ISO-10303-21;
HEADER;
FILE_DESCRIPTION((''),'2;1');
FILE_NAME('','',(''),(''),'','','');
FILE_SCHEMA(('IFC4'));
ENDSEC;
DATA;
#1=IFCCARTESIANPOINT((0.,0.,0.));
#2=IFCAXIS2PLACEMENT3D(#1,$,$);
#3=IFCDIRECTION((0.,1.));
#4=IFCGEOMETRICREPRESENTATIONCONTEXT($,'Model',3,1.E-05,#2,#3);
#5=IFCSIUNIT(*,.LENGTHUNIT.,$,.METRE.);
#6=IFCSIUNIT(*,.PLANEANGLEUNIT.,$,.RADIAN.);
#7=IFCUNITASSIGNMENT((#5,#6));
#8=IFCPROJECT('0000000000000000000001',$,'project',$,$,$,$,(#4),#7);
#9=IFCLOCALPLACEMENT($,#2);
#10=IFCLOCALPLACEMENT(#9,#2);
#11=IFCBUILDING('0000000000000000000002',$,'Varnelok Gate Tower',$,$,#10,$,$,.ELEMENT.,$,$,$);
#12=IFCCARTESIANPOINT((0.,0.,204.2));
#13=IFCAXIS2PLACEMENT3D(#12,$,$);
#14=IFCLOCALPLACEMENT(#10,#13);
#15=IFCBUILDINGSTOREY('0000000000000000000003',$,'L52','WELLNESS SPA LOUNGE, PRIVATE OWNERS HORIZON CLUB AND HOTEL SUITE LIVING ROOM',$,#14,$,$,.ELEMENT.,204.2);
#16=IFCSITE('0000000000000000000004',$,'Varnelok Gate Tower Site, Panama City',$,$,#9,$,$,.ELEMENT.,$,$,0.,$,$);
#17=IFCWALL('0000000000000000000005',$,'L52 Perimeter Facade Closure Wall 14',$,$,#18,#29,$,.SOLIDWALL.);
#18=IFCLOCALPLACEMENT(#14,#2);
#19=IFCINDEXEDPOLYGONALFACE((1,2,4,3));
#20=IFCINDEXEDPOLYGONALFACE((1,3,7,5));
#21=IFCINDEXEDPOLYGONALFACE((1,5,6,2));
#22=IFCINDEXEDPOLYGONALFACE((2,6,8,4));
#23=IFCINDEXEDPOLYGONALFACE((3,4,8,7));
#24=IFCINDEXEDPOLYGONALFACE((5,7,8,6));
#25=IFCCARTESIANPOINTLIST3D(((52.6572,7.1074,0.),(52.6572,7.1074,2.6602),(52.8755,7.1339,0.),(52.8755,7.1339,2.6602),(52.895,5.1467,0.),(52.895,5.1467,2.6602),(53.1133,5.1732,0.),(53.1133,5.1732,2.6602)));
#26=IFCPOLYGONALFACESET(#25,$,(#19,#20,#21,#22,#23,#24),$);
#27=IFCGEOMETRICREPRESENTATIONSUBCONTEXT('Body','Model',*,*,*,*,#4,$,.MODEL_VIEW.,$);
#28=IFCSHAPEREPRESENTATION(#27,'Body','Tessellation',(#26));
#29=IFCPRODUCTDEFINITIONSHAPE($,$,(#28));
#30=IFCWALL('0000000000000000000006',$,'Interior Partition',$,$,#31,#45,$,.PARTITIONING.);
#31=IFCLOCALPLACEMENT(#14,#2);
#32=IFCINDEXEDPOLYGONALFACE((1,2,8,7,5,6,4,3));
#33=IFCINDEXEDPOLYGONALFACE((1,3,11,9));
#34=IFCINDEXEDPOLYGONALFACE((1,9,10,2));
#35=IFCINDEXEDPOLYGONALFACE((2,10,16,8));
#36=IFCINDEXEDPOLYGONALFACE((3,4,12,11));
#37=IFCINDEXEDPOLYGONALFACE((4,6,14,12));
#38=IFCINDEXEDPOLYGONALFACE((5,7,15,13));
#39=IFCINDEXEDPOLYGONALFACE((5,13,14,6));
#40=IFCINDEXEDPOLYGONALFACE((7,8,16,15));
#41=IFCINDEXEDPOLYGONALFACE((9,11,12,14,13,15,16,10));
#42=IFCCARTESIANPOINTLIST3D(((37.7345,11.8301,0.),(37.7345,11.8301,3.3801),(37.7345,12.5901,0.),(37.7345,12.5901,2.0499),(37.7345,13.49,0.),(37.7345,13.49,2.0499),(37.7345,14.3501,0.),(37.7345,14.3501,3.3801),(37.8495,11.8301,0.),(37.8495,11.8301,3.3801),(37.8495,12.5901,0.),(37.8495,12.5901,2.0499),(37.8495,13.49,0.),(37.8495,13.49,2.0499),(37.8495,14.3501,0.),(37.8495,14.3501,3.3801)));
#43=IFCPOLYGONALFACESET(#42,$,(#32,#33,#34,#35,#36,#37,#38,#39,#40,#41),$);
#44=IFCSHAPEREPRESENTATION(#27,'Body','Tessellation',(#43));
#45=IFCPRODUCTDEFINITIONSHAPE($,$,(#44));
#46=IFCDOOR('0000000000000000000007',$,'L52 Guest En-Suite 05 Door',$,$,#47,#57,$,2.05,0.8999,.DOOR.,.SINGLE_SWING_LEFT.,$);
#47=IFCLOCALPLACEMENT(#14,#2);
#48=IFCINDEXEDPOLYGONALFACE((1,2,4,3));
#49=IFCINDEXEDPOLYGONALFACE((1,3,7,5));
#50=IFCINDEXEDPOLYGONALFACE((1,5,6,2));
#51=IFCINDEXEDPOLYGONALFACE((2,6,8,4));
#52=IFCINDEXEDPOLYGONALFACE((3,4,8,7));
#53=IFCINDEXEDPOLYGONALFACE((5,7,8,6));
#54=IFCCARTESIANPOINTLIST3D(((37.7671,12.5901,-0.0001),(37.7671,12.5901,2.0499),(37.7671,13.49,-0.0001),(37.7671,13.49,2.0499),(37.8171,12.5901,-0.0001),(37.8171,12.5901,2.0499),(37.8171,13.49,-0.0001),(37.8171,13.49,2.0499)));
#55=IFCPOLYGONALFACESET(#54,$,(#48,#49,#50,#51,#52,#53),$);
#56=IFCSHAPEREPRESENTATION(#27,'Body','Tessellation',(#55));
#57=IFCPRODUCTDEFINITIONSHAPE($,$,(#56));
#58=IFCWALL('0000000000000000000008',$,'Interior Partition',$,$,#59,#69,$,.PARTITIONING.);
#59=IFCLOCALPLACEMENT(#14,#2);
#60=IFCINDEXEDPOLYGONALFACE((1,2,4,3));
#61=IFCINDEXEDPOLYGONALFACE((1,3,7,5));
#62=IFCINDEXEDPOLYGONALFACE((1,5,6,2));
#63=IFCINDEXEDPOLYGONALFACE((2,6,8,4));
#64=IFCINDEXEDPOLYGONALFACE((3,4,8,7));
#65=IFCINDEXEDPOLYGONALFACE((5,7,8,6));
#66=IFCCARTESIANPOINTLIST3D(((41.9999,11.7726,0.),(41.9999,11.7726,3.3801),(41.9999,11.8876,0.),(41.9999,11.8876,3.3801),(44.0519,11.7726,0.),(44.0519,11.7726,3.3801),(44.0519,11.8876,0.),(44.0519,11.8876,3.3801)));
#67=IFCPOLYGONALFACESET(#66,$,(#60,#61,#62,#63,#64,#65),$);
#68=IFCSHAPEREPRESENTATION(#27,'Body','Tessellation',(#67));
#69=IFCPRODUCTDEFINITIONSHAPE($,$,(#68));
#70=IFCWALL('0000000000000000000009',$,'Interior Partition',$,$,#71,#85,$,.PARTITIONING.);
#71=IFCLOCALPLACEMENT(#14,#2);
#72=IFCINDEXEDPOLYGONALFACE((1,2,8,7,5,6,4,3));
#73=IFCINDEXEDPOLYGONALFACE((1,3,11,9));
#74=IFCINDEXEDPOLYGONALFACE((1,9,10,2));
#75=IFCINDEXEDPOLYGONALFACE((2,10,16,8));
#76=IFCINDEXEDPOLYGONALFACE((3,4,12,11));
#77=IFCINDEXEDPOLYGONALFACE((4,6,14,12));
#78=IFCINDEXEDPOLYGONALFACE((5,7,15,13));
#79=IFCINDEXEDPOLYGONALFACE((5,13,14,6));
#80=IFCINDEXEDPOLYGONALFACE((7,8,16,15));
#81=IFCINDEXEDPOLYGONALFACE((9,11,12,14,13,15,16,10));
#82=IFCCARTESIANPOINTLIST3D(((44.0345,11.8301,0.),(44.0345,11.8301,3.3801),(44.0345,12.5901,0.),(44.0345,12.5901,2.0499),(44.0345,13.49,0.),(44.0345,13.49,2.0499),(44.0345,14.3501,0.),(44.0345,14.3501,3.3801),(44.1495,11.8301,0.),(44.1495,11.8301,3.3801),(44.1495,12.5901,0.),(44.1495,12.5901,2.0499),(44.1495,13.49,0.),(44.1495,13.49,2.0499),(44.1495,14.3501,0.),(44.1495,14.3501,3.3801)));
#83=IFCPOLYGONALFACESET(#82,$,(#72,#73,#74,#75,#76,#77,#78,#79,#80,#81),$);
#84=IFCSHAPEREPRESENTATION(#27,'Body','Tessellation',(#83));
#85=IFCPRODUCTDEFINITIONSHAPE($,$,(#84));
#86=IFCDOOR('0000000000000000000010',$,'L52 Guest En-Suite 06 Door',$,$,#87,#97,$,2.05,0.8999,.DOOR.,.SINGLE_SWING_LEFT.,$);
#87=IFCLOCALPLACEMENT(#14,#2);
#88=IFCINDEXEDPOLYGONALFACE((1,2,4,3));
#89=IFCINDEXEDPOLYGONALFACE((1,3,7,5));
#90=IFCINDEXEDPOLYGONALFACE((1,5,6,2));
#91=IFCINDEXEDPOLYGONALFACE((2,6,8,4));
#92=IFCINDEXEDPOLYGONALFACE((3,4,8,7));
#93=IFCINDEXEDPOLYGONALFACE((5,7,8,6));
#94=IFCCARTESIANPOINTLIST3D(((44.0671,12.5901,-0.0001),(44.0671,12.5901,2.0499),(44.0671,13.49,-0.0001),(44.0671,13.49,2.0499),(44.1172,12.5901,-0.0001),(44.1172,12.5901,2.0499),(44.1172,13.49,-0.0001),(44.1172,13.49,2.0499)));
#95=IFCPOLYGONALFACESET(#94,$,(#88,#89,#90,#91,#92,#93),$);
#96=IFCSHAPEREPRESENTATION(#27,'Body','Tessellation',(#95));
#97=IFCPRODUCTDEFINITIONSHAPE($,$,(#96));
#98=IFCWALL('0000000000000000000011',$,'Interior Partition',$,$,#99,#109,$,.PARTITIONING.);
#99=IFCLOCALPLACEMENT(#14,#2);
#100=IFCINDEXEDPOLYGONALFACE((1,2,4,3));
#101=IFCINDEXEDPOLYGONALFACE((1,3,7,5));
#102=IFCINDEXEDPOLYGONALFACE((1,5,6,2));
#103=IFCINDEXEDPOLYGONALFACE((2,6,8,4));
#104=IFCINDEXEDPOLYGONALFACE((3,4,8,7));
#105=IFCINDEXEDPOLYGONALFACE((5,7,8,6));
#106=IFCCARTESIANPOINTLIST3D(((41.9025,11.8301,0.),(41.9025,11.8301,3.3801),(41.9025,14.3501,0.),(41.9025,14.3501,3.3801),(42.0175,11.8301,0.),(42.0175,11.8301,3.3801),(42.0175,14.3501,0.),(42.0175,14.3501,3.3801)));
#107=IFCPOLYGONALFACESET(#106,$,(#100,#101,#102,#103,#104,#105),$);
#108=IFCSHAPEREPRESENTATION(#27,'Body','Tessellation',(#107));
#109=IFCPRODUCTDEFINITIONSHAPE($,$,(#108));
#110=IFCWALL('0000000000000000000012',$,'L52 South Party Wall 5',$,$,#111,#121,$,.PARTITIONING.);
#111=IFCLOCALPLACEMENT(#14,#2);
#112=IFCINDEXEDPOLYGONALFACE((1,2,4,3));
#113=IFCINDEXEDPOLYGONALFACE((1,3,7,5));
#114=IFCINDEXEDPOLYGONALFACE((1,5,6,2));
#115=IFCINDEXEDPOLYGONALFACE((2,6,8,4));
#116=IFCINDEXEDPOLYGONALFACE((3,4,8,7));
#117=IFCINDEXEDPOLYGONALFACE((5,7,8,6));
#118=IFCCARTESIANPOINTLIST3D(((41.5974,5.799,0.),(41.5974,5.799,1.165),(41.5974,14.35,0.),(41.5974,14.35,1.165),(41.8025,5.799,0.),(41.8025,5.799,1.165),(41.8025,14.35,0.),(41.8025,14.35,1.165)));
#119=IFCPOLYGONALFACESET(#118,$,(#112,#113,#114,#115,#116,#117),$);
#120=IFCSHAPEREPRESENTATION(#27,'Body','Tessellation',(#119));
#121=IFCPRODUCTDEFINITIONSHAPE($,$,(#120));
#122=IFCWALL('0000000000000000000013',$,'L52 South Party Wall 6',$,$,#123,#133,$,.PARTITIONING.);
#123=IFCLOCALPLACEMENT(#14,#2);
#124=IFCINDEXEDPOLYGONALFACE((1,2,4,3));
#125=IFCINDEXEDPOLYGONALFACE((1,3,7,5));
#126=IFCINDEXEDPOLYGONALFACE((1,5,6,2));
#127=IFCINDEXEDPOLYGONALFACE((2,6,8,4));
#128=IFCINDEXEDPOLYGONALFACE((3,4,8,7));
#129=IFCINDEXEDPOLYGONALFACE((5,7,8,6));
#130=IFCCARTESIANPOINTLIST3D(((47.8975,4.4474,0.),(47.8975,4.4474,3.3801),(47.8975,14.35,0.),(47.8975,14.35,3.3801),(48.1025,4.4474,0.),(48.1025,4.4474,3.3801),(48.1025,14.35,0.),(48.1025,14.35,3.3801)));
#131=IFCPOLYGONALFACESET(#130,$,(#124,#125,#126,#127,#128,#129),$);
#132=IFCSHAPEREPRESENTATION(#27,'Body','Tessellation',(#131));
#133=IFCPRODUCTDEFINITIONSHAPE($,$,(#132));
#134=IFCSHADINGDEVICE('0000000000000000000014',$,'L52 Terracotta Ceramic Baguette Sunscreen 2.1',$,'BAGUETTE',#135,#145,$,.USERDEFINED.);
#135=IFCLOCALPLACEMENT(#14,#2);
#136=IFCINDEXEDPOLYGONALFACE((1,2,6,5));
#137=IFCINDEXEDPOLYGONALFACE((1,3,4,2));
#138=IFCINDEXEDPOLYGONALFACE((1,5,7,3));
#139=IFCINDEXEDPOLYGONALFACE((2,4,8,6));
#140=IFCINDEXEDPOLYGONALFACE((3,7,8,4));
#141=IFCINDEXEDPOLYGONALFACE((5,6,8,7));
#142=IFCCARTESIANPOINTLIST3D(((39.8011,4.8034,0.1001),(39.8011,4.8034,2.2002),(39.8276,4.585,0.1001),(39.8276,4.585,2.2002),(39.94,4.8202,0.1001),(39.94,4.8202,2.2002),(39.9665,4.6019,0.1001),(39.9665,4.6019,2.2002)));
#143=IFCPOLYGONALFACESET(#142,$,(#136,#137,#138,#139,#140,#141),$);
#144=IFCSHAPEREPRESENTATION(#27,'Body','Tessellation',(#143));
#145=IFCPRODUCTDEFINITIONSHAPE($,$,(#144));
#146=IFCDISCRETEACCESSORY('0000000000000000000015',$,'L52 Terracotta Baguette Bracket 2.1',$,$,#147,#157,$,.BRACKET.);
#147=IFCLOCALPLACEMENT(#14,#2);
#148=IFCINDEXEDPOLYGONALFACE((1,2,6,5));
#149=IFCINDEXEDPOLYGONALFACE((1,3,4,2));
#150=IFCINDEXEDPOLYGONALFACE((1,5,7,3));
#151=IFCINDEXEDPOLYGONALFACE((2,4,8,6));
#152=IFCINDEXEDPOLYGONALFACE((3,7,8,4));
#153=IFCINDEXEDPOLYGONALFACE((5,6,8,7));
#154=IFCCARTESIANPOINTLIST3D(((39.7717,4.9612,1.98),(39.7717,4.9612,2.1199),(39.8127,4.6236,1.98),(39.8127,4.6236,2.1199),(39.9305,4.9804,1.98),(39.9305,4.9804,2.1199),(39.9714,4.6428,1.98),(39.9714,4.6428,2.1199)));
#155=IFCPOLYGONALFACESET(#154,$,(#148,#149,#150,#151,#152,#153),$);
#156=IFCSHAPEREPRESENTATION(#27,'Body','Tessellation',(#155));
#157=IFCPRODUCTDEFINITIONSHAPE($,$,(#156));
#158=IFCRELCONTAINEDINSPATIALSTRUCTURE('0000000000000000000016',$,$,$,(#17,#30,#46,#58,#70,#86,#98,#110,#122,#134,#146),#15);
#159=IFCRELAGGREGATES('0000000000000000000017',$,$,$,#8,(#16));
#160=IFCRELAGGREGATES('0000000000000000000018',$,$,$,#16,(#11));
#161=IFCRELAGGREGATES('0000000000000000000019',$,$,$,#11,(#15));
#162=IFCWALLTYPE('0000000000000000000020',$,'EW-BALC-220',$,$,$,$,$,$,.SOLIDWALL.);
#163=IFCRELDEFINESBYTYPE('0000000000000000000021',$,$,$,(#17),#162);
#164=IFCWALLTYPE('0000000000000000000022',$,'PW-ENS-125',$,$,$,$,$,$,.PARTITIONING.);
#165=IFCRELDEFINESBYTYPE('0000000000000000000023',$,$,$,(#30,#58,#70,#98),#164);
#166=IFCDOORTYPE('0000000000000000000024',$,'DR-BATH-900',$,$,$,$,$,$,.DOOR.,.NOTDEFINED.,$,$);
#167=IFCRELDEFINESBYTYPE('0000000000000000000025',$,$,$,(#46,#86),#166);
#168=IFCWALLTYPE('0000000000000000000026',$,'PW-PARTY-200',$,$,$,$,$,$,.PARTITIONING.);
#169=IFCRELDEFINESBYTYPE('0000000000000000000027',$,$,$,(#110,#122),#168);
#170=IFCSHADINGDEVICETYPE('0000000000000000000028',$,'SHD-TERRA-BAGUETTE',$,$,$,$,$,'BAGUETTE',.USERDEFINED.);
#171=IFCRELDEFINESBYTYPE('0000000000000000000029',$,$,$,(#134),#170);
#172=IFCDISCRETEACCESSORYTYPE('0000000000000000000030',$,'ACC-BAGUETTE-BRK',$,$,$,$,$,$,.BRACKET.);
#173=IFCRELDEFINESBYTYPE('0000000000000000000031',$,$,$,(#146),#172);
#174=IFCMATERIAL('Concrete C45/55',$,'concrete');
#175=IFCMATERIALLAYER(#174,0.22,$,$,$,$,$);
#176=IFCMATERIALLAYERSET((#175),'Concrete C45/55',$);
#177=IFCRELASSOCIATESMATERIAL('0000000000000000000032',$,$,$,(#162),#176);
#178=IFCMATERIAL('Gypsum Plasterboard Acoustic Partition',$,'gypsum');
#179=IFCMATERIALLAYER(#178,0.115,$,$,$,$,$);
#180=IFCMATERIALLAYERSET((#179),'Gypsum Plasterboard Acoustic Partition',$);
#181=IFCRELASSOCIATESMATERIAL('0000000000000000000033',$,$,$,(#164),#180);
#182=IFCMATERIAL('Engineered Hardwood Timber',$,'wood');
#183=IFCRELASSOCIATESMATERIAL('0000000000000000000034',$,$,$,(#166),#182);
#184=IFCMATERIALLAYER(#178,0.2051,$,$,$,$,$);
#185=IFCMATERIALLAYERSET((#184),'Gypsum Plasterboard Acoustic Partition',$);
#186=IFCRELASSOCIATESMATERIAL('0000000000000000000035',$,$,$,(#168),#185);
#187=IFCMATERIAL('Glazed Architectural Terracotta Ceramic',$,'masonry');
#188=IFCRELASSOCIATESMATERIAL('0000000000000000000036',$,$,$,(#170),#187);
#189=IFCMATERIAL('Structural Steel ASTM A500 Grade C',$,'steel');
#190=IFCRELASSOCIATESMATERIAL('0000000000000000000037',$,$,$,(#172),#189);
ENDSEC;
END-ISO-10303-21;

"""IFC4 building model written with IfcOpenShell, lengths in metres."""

from ifc_helpers import new_model, si_unit, direction, frame, frame_2d, origin, origin_2d, place, context, subcontext, project, spatial, rectangle, extrude, source, transform, mapped, material, layer, layer_set, type_object, element, fill, save


model = new_model("IFC4")

# Units and contexts
model_context = context("Model", 3, precision=1e-05, world=origin(), true_north=direction((0.0, 1.0)))
body_context = subcontext(model_context, "Body", "Model", "MODEL_VIEW")
ifc_project = project(units=[si_unit("LENGTHUNIT", "METRE"), si_unit("PLANEANGLEUNIT", "RADIAN")], contexts=[model_context])

# Site, building, storey
site_placement = place(None, origin())
site = spatial("IfcSite", under=ifc_project, at=site_placement, Name="Varnelok Gate Tower Site, Panama City", CompositionType="ELEMENT", RefElevation=0.0)
building_placement = place(site_placement, origin())
building = spatial("IfcBuilding", under=site, at=building_placement, Name="Varnelok Gate Tower", CompositionType="ELEMENT")
storey_placement = place(building_placement, frame((0.0, 0.0, 204.2)))
storey = spatial("IfcBuildingStorey", under=building, at=storey_placement, Name="L52", Description="WELLNESS SPA LOUNGE, PRIVATE OWNERS HORIZON CLUB AND HOTEL SUITE LIVING ROOM", CompositionType="ELEMENT", Elevation=204.2)

# Shared definitions
ifc_material_1 = material(Name="Concrete C45/55", Category="concrete")
ifc_layer_1 = layer(ifc_material_1, 0.22)
ifc_layer_set_1 = layer_set([ifc_layer_1], Name="Concrete C45/55")
wall_type_1 = type_object("IfcWallType", Name="EW-BALC-220", PredefinedType="SOLIDWALL", material=ifc_layer_set_1)

# Wall
wall_1_placement = place(storey_placement, frame((53.0042, 5.1599, 0.0), z_axis=(0.0, 0.0, 1.0), x_axis=(-0.120398, 0.992726, 0.0)))
element("IfcWall", 1, at=wall_1_placement, inside=storey, type_object=wall_type_1, Name="L52 Perimeter Facade Closure Wall 14", PredefinedType="SOLIDWALL", context=body_context, shape_type="SweptSolid", body=[
    extrude(rectangle(XDim=1.9751, YDim=0.22, at=frame_2d((0.9875, 0.0))), origin(), (0.0, 0.0, 1.0), 2.6602),
])

# Wall, opening, door
ifc_material_2 = material(Name="Gypsum Plasterboard Acoustic Partition", Category="gypsum")
ifc_layer_2 = layer(ifc_material_2, 0.115)
ifc_layer_set_2 = layer_set([ifc_layer_2], Name="Gypsum Plasterboard Acoustic Partition")
wall_type_2 = type_object("IfcWallType", Name="PW-ENS-125", PredefinedType="PARTITIONING", material=ifc_layer_set_2)
wall_2_placement = place(storey_placement, frame((37.792, 11.8301, 0.0), z_axis=(0.0, 0.0, 1.0), x_axis=(0.0, 1.0, 0.0)))
wall_2 = element("IfcWall", 2, at=wall_2_placement, inside=storey, type_object=wall_type_2, Name="Interior Partition", PredefinedType="PARTITIONING", context=body_context, shape_type="SweptSolid", body=[
    extrude(rectangle(XDim=2.52, YDim=0.115, at=frame_2d((1.26, 0.0))), origin(), (0.0, 0.0, 1.0), 3.3801),
])
opening_1_placement = place(wall_2_placement, frame((0.76, 0.0, 0.0)))
opening_1 = element("IfcOpeningElement", 3, at=opening_1_placement, cuts=wall_2, PredefinedType="OPENING", context=body_context, shape_type="SweptSolid", body=[
    extrude(rectangle(XDim=0.8999, YDim=2.05, at=frame_2d((0.45, 1.0249))), frame((0.0, 0.0674, 0.0), z_axis=(0.0, -1.0, 0.0), x_axis=(1.0, 0.0, 0.0)), (0.0, 0.0, 1.0), 0.135),
])
ifc_material_3 = material(Name="Engineered Hardwood Timber", Category="wood")
door_type_1 = type_object("IfcDoorType", Name="DR-BATH-900", OperationType="NOTDEFINED", PredefinedType="DOOR", material=ifc_material_3)
door_1_placement = place(opening_1_placement, origin())
door_1 = element("IfcDoor", 4, at=door_1_placement, inside=storey, type_object=door_type_1, Name="L52 Guest En-Suite 05 Door", OperationType="SINGLE_SWING_LEFT", OverallHeight=2.05, OverallWidth=0.8999, PredefinedType="DOOR", context=body_context, shape_type="SweptSolid", body=[
    extrude(rectangle(XDim=0.8999, YDim=2.05, at=frame_2d((0.45, 1.0249))), frame((0.0, 0.0249, 0.0), z_axis=(0.0, -1.0, 0.0), x_axis=(1.0, 0.0, 0.0)), (0.0, 0.0, 1.0), 0.05),
])
fill(opening_1, door_1)

# Wall
wall_3_placement = place(storey_placement, frame((42.0, 11.8301, 0.0), z_axis=(0.0, 0.0, 1.0), x_axis=(1.0, 0.0, 0.0)))
element("IfcWall", 5, at=wall_3_placement, inside=storey, type_object=wall_type_2, Name="Interior Partition", PredefinedType="PARTITIONING", context=body_context, shape_type="SweptSolid", body=[
    extrude(rectangle(XDim=2.052, YDim=0.115, at=frame_2d((1.0259, 0.0))), origin(), (0.0, 0.0, 1.0), 3.3801),
])

# Wall, opening, door
wall_4_placement = place(storey_placement, frame((44.092, 11.8301, 0.0), z_axis=(0.0, 0.0, 1.0), x_axis=(0.0, 1.0, 0.0)))
wall_4 = element("IfcWall", 6, at=wall_4_placement, inside=storey, type_object=wall_type_2, Name="Interior Partition", PredefinedType="PARTITIONING", context=body_context, shape_type="SweptSolid", body=[
    extrude(rectangle(XDim=2.52, YDim=0.115, at=frame_2d((1.26, 0.0))), origin(), (0.0, 0.0, 1.0), 3.3801),
])
opening_2_placement = place(wall_4_placement, frame((0.76, 0.0, 0.0)))
opening_2 = element("IfcOpeningElement", 7, at=opening_2_placement, cuts=wall_4, PredefinedType="OPENING", context=body_context, shape_type="SweptSolid", body=[
    extrude(rectangle(XDim=0.8999, YDim=2.05, at=frame_2d((0.45, 1.0249))), frame((0.0, 0.0674, 0.0), z_axis=(0.0, -1.0, 0.0), x_axis=(1.0, 0.0, 0.0)), (0.0, 0.0, 1.0), 0.135),
])
door_2_placement = place(opening_2_placement, origin())
door_2 = element("IfcDoor", 8, at=door_2_placement, inside=storey, type_object=door_type_1, Name="L52 Guest En-Suite 06 Door", OperationType="SINGLE_SWING_LEFT", OverallHeight=2.05, OverallWidth=0.8999, PredefinedType="DOOR", context=body_context, shape_type="SweptSolid", body=[
    extrude(rectangle(XDim=0.8999, YDim=2.05, at=frame_2d((0.45, 1.0249))), frame((0.0, 0.0249, 0.0), z_axis=(0.0, -1.0, 0.0), x_axis=(1.0, 0.0, 0.0)), (0.0, 0.0, 1.0), 0.05),
])
fill(opening_2, door_2)

# Walls
wall_5_placement = place(storey_placement, frame((41.96, 11.8301, 0.0), z_axis=(0.0, 0.0, 1.0), x_axis=(0.0, 1.0, 0.0)))
element("IfcWall", 9, at=wall_5_placement, inside=storey, type_object=wall_type_2, Name="Interior Partition", PredefinedType="PARTITIONING", context=body_context, shape_type="SweptSolid", body=[
    extrude(rectangle(XDim=2.52, YDim=0.115, at=frame_2d((1.26, 0.0))), origin(), (0.0, 0.0, 1.0), 3.3801),
])
ifc_layer_3 = layer(ifc_material_2, 0.2051)
ifc_layer_set_3 = layer_set([ifc_layer_3], Name="Gypsum Plasterboard Acoustic Partition")
wall_type_3 = type_object("IfcWallType", Name="PW-PARTY-200", PredefinedType="PARTITIONING", material=ifc_layer_set_3)
wall_6_placement = place(storey_placement, frame((41.7, 5.7991, 0.0), z_axis=(0.0, 0.0, 1.0), x_axis=(0.0, 1.0, 0.0)))
element("IfcWall", 10, at=wall_6_placement, inside=storey, type_object=wall_type_3, Name="L52 South Party Wall 5", PredefinedType="PARTITIONING", context=body_context, shape_type="SweptSolid", body=[
    extrude(rectangle(XDim=8.551, YDim=0.2051, at=frame_2d((4.2754, 0.0))), origin(), (0.0, 0.0, 1.0), 1.165),
])
wall_7_placement = place(storey_placement, frame((48.0, 4.4475, 0.0), z_axis=(0.0, 0.0, 1.0), x_axis=(0.0, 1.0, 0.0)))
element("IfcWall", 11, at=wall_7_placement, inside=storey, type_object=wall_type_3, Name="L52 South Party Wall 6", PredefinedType="PARTITIONING", context=body_context, shape_type="SweptSolid", body=[
    extrude(rectangle(XDim=9.9026, YDim=0.2051, at=frame_2d((4.9512, 0.0))), origin(), (0.0, 0.0, 1.0), 3.3801),
])

# Shading device
ifc_material_4 = material(Name="Glazed Architectural Terracotta Ceramic", Category="masonry")
shading_device_type = type_object("IfcShadingDeviceType", Name="SHD-TERRA-BAGUETTE", ElementType="BAGUETTE", PredefinedType="USERDEFINED", material=ifc_material_4)
shared_shape_1 = source(origin(), body_context, "Body", "SweptSolid", [
    extrude(rectangle(XDim=0.1399, YDim=0.22, at=origin_2d()), origin(), (0.0, 0.0, 1.0), 2.1001),
])
shading_device_placement = place(storey_placement, frame((39.8838, 4.7026, 0.1001), z_axis=(0.0, 0.0, 1.0), x_axis=(0.992732, 0.120345, 0.0)))
element("IfcShadingDevice", 12, at=shading_device_placement, inside=storey, type_object=shading_device_type, Name="L52 Terracotta Ceramic Baguette Sunscreen 2.1", ObjectType="BAGUETTE", PredefinedType="USERDEFINED", context=body_context, shape_type="MappedRepresentation", body=[
    mapped(shared_shape_1, transform((0.0, 0.0, 0.0), scale=1.0)),
])

# Discrete accessory
ifc_material_5 = material(Name="Structural Steel ASTM A500 Grade C", Category="steel")
discrete_accessory_type = type_object("IfcDiscreteAccessoryType", Name="ACC-BAGUETTE-BRK", PredefinedType="BRACKET", material=ifc_material_5)
shared_shape_2 = source(origin(), body_context, "Body", "SweptSolid", [
    extrude(rectangle(XDim=0.1599, YDim=0.3401, at=origin_2d()), origin(), (0.0, 0.0, 1.0), 0.1399),
])
discrete_accessory_placement = place(storey_placement, frame((39.8716, 4.802, 1.98), z_axis=(0.0, 0.0, 1.0), x_axis=(0.992732, 0.120345, 0.0)))
element("IfcDiscreteAccessory", 13, at=discrete_accessory_placement, inside=storey, type_object=discrete_accessory_type, Name="L52 Terracotta Baguette Bracket 2.1", PredefinedType="BRACKET", context=body_context, shape_type="MappedRepresentation", body=[
    mapped(shared_shape_2, transform((0.0, 0.0, 0.0), scale=1.0)),
])

save(model, "model.ifc")
